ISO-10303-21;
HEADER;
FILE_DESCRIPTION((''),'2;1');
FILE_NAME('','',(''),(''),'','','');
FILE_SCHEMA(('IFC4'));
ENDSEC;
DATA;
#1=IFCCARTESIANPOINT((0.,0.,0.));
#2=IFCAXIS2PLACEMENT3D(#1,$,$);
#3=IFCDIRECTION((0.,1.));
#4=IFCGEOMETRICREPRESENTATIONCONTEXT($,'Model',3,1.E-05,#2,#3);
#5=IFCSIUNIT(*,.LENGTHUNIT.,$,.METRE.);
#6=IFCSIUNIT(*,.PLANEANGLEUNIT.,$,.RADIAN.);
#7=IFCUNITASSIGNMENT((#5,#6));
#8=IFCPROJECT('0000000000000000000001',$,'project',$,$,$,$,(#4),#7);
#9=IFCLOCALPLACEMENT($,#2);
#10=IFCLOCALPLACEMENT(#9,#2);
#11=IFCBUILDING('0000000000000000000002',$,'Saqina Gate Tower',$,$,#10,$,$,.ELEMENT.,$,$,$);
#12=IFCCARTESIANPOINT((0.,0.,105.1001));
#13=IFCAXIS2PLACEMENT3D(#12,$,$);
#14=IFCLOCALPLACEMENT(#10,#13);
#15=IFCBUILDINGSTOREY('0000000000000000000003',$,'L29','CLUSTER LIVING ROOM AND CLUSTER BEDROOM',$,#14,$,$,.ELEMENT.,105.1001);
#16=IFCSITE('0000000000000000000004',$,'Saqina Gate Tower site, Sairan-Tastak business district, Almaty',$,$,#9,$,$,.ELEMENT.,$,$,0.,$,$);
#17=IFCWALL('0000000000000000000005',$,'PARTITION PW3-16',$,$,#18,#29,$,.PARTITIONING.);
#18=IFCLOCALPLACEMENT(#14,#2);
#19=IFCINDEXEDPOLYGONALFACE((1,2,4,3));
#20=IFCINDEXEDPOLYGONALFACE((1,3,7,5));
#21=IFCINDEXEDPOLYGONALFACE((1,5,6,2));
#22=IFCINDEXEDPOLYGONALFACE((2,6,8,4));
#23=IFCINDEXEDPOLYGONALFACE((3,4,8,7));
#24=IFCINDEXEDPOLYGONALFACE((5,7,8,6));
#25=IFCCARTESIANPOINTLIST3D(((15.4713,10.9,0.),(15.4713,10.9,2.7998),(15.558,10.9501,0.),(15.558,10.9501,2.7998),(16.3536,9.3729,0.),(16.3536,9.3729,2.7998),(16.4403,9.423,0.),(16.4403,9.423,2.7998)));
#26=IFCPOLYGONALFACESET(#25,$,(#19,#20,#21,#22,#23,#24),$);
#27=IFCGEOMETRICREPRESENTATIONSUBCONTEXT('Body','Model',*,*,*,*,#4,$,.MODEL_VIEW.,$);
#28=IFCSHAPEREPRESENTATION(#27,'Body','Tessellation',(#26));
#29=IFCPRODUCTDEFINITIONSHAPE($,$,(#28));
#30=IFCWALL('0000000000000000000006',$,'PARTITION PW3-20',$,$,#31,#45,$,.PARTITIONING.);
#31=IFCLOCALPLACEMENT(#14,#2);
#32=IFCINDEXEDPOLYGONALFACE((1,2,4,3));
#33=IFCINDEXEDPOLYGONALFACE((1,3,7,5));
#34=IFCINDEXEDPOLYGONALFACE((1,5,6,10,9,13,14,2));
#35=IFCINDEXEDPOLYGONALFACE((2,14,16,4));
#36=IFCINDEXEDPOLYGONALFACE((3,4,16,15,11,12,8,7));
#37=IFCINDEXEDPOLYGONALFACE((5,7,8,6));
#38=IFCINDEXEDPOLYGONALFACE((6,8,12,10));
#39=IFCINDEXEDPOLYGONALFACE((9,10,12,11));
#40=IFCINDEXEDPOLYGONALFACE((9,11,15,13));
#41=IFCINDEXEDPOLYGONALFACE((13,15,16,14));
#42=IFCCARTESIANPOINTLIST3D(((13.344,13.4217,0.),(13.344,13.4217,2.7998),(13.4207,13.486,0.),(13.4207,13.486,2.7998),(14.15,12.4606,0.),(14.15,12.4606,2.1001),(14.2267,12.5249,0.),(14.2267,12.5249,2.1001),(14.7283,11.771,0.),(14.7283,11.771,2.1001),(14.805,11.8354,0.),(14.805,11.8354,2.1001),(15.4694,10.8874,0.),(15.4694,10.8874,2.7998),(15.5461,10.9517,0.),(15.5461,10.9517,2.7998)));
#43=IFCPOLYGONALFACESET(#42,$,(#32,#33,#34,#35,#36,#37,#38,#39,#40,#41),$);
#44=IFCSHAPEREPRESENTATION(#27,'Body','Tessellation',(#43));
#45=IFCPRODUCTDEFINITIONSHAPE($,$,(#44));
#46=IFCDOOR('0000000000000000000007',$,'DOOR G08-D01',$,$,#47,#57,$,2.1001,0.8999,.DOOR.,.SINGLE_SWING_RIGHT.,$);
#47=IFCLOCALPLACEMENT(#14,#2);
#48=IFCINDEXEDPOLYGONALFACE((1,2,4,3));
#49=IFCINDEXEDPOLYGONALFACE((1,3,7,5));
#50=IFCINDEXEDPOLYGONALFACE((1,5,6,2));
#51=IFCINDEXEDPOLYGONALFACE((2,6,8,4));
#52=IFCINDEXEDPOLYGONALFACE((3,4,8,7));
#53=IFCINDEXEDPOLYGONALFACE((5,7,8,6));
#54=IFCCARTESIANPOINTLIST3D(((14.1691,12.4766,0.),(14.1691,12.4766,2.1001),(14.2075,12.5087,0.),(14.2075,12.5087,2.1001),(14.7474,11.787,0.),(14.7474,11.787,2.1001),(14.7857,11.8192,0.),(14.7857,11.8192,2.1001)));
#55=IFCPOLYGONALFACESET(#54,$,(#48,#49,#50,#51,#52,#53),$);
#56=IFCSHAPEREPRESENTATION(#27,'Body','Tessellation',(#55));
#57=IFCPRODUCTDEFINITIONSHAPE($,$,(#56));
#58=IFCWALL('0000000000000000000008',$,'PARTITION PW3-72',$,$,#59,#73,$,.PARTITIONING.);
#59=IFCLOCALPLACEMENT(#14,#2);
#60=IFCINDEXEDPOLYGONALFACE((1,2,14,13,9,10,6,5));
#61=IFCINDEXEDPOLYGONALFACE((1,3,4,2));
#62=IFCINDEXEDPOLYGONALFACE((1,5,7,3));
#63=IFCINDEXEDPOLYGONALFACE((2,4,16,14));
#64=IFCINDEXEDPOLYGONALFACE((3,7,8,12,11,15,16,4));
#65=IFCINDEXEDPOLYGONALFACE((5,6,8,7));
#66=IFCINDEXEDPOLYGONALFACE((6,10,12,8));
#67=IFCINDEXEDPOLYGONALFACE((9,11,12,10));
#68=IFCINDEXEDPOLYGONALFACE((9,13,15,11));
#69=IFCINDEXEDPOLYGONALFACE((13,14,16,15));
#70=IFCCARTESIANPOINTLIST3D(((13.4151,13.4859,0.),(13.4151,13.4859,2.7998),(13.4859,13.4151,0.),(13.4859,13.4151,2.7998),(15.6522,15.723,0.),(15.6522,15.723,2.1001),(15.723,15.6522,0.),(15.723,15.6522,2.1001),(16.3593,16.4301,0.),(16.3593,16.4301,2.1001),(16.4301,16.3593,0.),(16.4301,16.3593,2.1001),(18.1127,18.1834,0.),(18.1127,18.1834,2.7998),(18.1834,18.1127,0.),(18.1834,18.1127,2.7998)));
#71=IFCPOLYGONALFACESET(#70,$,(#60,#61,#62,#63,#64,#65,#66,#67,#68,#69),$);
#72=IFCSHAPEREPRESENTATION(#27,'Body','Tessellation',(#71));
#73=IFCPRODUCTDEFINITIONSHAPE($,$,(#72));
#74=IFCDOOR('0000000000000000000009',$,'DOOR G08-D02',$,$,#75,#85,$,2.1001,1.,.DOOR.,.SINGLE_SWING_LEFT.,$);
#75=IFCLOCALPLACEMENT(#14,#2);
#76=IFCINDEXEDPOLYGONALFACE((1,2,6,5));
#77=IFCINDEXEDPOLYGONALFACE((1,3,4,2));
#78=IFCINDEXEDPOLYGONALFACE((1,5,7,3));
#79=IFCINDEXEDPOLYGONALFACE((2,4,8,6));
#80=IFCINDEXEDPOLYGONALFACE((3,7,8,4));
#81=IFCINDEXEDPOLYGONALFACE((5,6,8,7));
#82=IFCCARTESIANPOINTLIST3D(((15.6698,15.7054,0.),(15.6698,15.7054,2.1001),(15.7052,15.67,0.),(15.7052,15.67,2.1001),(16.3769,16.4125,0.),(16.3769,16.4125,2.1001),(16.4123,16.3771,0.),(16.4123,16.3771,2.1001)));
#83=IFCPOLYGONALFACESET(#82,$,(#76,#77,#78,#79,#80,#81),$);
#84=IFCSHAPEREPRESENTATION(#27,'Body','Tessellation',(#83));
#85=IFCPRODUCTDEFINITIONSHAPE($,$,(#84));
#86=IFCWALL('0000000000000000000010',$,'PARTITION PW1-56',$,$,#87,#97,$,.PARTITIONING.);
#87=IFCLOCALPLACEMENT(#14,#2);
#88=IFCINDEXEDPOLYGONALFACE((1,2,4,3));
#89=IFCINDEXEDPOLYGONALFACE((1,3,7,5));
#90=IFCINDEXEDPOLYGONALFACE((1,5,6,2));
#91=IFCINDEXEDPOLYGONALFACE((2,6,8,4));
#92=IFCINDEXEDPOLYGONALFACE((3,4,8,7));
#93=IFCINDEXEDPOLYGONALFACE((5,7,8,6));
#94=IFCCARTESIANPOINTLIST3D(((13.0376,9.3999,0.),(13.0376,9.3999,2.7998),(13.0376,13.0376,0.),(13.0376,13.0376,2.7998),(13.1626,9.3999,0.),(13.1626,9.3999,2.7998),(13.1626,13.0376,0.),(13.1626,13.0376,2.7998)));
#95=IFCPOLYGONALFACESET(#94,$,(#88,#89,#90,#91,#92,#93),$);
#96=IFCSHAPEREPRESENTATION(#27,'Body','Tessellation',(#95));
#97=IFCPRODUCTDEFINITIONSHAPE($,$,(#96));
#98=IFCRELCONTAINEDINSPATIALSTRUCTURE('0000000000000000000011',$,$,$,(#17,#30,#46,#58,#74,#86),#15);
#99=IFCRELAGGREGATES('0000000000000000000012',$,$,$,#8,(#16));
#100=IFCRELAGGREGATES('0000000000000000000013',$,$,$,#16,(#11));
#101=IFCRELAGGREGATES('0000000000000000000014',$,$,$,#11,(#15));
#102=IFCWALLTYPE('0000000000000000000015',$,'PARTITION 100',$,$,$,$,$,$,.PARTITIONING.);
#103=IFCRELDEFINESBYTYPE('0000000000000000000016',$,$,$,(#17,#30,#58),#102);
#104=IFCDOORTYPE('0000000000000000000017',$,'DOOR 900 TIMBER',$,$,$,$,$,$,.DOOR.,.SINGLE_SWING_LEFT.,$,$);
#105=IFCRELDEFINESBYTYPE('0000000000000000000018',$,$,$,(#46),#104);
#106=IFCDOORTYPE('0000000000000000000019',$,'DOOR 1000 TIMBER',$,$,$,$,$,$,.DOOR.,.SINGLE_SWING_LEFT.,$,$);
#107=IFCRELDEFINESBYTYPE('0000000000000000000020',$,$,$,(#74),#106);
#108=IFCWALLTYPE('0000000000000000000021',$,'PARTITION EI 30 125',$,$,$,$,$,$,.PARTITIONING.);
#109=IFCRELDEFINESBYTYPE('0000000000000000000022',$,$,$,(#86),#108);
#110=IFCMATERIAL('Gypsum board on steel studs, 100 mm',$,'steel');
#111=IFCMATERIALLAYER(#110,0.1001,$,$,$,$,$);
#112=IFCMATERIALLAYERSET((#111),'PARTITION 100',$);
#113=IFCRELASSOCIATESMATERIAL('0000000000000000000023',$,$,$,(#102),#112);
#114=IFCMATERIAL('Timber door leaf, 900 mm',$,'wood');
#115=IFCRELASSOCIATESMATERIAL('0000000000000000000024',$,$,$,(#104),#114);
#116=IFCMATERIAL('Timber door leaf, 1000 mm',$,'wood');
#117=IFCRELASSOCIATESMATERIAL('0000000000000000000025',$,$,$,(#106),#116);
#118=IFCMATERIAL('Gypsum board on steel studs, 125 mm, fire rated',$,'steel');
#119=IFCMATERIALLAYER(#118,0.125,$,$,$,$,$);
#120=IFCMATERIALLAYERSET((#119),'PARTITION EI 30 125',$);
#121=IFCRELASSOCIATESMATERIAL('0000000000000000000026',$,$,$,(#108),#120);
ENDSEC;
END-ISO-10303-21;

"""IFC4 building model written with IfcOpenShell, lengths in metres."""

from ifc_helpers import new_model, si_unit, direction, frame, frame_2d, origin, place, context, subcontext, project, spatial, rectangle, extrude, material, layer, layer_set, type_object, element, fill, save


model = new_model("IFC4")

# Units and contexts
model_context = context("Model", 3, precision=1e-05, world=origin(), true_north=direction((0.0, 1.0)))
body_context = subcontext(model_context, "Body", "Model", "MODEL_VIEW")
ifc_project = project(units=[si_unit("LENGTHUNIT", "METRE"), si_unit("PLANEANGLEUNIT", "RADIAN")], contexts=[model_context])

# Site, building, storey
site_placement = place(None, origin())
site = spatial("IfcSite", under=ifc_project, at=site_placement, Name="Saqina Gate Tower site, Sairan-Tastak business district, Almaty", CompositionType="ELEMENT", RefElevation=0.0)
building_placement = place(site_placement, origin())
building = spatial("IfcBuilding", under=site, at=building_placement, Name="Saqina Gate Tower", CompositionType="ELEMENT")
storey_placement = place(building_placement, frame((0.0, 0.0, 105.1001)))
storey = spatial("IfcBuildingStorey", under=building, at=storey_placement, Name="L29", Description="CLUSTER LIVING ROOM AND CLUSTER BEDROOM", CompositionType="ELEMENT", Elevation=105.1001)

# Wall
ifc_material_1 = material(Name="Gypsum board on steel studs, 100 mm", Category="steel")
ifc_layer_1 = layer(ifc_material_1, 0.1001)
ifc_layer_set_1 = layer_set([ifc_layer_1], Name="PARTITION 100")
wall_type_1 = type_object("IfcWallType", Name="PARTITION 100", PredefinedType="PARTITIONING", material=ifc_layer_set_1)
wall_1_placement = place(storey_placement, frame((15.5146, 10.925, 0.0), z_axis=(0.0, 0.0, 1.0), x_axis=(0.500278, -0.865865, 0.0)))
element("IfcWall", 1, at=wall_1_placement, inside=storey, type_object=wall_type_1, Name="PARTITION PW3-16", PredefinedType="PARTITIONING", context=body_context, shape_type="SweptSolid", body=[
    extrude(rectangle(XDim=1.7637, YDim=0.1001, at=frame_2d((0.8818, 0.0))), origin(), (0.0, 0.0, 1.0), 2.7998),
])

# Walls, openings, doors
wall_2_placement = place(storey_placement, frame((13.3823, 13.4539, 0.0), z_axis=(0.0, 0.0, 1.0), x_axis=(0.642584, -0.766215, 0.0)))
wall_2 = element("IfcWall", 2, at=wall_2_placement, inside=storey, type_object=wall_type_1, Name="PARTITION PW3-20", PredefinedType="PARTITIONING", context=body_context, shape_type="SweptSolid", body=[
    extrude(rectangle(XDim=3.3076, YDim=0.1001, at=frame_2d((1.6538, 0.0))), origin(), (0.0, 0.0, 1.0), 2.7998),
])
opening_1_placement = place(wall_2_placement, frame((1.2544, 0.0, 0.0)))
opening_1 = element("IfcOpeningElement", 3, at=opening_1_placement, cuts=wall_2, PredefinedType="OPENING", context=body_context, shape_type="SweptSolid", body=[
    extrude(rectangle(XDim=0.8999, YDim=2.1001, at=frame_2d((0.45, 1.05))), frame((0.0, 0.062, 0.0), z_axis=(0.0, -1.0, 0.0), x_axis=(1.0, 0.0, 0.0)), (0.0, 0.0, 1.0), 0.124),
])
ifc_material_2 = material(Name="Timber door leaf, 900 mm", Category="wood")
door_type_1 = type_object("IfcDoorType", Name="DOOR 900 TIMBER", OperationType="SINGLE_SWING_LEFT", PredefinedType="DOOR", material=ifc_material_2)
door_1_placement = place(opening_1_placement, origin())
door_1 = element("IfcDoor", 4, at=door_1_placement, inside=storey, type_object=door_type_1, Name="DOOR G08-D01", OperationType="SINGLE_SWING_RIGHT", OverallHeight=2.1001, OverallWidth=0.8999, PredefinedType="DOOR", context=body_context, shape_type="SweptSolid", body=[
    extrude(rectangle(XDim=0.8999, YDim=2.1001, at=frame_2d((0.45, 1.05))), frame((0.0, 0.0249, 0.0), z_axis=(0.0, -1.0, 0.0), x_axis=(1.0, 0.0, 0.0)), (0.0, 0.0, 1.0), 0.05),
])
fill(opening_1, door_1)
wall_3_placement = place(storey_placement, frame((13.4504, 13.4504, 0.0), z_axis=(0.0, 0.0, 1.0), x_axis=(0.707107, 0.707107, 0.0)))
wall_3 = element("IfcWall", 5, at=wall_3_placement, inside=storey, type_object=wall_type_1, Name="PARTITION PW3-72", PredefinedType="PARTITIONING", context=body_context, shape_type="SweptSolid", body=[
    extrude(rectangle(XDim=6.6433, YDim=0.1001, at=frame_2d((3.3218, 0.0))), origin(), (0.0, 0.0, 1.0), 2.7998),
])
opening_2_placement = place(wall_3_placement, frame((3.1638, 0.0, 0.0)))
opening_2 = element("IfcOpeningElement", 6, at=opening_2_placement, cuts=wall_3, PredefinedType="OPENING", context=body_context, shape_type="SweptSolid", body=[
    extrude(rectangle(XDim=1.0, YDim=2.1001, at=frame_2d((0.5, 1.05))), frame((0.0, 0.062, 0.0), z_axis=(0.0, -1.0, 0.0), x_axis=(1.0, 0.0, 0.0)), (0.0, 0.0, 1.0), 0.124),
])
ifc_material_3 = material(Name="Timber door leaf, 1000 mm", Category="wood")
door_type_2 = type_object("IfcDoorType", Name="DOOR 1000 TIMBER", OperationType="SINGLE_SWING_LEFT", PredefinedType="DOOR", material=ifc_material_3)
door_2_placement = place(opening_2_placement, frame((1.0, 0.0, 0.0), z_axis=(0.0, 0.0, 1.0), x_axis=(-1.0, 0.0, 0.0)))
door_2 = element("IfcDoor", 7, at=door_2_placement, inside=storey, type_object=door_type_2, Name="DOOR G08-D02", OperationType="SINGLE_SWING_LEFT", OverallHeight=2.1001, OverallWidth=1.0, PredefinedType="DOOR", context=body_context, shape_type="SweptSolid", body=[
    extrude(rectangle(XDim=1.0, YDim=2.1001, at=frame_2d((0.5, 1.05))), frame((0.0, 0.0249, 0.0), z_axis=(0.0, -1.0, 0.0), x_axis=(1.0, 0.0, 0.0)), (0.0, 0.0, 1.0), 0.05),
])
fill(opening_2, door_2)

# Wall
ifc_material_4 = material(Name="Gypsum board on steel studs, 125 mm, fire rated", Category="steel")
ifc_layer_2 = layer(ifc_material_4, 0.125)
ifc_layer_set_2 = layer_set([ifc_layer_2], Name="PARTITION EI 30 125")
wall_type_2 = type_object("IfcWallType", Name="PARTITION EI 30 125", PredefinedType="PARTITIONING", material=ifc_layer_set_2)
wall_4_placement = place(storey_placement, frame((13.1001, 9.3999, 0.0), z_axis=(0.0, 0.0, 1.0), x_axis=(0.0, 1.0, 0.0)))
element("IfcWall", 8, at=wall_4_placement, inside=storey, type_object=wall_type_2, Name="PARTITION PW1-56", PredefinedType="PARTITIONING", context=body_context, shape_type="SweptSolid", body=[
    extrude(rectangle(XDim=3.6377, YDim=0.125, at=frame_2d((1.8188, 0.0))), origin(), (0.0, 0.0, 1.0), 2.7998),
])

save(model, "model.ifc")
